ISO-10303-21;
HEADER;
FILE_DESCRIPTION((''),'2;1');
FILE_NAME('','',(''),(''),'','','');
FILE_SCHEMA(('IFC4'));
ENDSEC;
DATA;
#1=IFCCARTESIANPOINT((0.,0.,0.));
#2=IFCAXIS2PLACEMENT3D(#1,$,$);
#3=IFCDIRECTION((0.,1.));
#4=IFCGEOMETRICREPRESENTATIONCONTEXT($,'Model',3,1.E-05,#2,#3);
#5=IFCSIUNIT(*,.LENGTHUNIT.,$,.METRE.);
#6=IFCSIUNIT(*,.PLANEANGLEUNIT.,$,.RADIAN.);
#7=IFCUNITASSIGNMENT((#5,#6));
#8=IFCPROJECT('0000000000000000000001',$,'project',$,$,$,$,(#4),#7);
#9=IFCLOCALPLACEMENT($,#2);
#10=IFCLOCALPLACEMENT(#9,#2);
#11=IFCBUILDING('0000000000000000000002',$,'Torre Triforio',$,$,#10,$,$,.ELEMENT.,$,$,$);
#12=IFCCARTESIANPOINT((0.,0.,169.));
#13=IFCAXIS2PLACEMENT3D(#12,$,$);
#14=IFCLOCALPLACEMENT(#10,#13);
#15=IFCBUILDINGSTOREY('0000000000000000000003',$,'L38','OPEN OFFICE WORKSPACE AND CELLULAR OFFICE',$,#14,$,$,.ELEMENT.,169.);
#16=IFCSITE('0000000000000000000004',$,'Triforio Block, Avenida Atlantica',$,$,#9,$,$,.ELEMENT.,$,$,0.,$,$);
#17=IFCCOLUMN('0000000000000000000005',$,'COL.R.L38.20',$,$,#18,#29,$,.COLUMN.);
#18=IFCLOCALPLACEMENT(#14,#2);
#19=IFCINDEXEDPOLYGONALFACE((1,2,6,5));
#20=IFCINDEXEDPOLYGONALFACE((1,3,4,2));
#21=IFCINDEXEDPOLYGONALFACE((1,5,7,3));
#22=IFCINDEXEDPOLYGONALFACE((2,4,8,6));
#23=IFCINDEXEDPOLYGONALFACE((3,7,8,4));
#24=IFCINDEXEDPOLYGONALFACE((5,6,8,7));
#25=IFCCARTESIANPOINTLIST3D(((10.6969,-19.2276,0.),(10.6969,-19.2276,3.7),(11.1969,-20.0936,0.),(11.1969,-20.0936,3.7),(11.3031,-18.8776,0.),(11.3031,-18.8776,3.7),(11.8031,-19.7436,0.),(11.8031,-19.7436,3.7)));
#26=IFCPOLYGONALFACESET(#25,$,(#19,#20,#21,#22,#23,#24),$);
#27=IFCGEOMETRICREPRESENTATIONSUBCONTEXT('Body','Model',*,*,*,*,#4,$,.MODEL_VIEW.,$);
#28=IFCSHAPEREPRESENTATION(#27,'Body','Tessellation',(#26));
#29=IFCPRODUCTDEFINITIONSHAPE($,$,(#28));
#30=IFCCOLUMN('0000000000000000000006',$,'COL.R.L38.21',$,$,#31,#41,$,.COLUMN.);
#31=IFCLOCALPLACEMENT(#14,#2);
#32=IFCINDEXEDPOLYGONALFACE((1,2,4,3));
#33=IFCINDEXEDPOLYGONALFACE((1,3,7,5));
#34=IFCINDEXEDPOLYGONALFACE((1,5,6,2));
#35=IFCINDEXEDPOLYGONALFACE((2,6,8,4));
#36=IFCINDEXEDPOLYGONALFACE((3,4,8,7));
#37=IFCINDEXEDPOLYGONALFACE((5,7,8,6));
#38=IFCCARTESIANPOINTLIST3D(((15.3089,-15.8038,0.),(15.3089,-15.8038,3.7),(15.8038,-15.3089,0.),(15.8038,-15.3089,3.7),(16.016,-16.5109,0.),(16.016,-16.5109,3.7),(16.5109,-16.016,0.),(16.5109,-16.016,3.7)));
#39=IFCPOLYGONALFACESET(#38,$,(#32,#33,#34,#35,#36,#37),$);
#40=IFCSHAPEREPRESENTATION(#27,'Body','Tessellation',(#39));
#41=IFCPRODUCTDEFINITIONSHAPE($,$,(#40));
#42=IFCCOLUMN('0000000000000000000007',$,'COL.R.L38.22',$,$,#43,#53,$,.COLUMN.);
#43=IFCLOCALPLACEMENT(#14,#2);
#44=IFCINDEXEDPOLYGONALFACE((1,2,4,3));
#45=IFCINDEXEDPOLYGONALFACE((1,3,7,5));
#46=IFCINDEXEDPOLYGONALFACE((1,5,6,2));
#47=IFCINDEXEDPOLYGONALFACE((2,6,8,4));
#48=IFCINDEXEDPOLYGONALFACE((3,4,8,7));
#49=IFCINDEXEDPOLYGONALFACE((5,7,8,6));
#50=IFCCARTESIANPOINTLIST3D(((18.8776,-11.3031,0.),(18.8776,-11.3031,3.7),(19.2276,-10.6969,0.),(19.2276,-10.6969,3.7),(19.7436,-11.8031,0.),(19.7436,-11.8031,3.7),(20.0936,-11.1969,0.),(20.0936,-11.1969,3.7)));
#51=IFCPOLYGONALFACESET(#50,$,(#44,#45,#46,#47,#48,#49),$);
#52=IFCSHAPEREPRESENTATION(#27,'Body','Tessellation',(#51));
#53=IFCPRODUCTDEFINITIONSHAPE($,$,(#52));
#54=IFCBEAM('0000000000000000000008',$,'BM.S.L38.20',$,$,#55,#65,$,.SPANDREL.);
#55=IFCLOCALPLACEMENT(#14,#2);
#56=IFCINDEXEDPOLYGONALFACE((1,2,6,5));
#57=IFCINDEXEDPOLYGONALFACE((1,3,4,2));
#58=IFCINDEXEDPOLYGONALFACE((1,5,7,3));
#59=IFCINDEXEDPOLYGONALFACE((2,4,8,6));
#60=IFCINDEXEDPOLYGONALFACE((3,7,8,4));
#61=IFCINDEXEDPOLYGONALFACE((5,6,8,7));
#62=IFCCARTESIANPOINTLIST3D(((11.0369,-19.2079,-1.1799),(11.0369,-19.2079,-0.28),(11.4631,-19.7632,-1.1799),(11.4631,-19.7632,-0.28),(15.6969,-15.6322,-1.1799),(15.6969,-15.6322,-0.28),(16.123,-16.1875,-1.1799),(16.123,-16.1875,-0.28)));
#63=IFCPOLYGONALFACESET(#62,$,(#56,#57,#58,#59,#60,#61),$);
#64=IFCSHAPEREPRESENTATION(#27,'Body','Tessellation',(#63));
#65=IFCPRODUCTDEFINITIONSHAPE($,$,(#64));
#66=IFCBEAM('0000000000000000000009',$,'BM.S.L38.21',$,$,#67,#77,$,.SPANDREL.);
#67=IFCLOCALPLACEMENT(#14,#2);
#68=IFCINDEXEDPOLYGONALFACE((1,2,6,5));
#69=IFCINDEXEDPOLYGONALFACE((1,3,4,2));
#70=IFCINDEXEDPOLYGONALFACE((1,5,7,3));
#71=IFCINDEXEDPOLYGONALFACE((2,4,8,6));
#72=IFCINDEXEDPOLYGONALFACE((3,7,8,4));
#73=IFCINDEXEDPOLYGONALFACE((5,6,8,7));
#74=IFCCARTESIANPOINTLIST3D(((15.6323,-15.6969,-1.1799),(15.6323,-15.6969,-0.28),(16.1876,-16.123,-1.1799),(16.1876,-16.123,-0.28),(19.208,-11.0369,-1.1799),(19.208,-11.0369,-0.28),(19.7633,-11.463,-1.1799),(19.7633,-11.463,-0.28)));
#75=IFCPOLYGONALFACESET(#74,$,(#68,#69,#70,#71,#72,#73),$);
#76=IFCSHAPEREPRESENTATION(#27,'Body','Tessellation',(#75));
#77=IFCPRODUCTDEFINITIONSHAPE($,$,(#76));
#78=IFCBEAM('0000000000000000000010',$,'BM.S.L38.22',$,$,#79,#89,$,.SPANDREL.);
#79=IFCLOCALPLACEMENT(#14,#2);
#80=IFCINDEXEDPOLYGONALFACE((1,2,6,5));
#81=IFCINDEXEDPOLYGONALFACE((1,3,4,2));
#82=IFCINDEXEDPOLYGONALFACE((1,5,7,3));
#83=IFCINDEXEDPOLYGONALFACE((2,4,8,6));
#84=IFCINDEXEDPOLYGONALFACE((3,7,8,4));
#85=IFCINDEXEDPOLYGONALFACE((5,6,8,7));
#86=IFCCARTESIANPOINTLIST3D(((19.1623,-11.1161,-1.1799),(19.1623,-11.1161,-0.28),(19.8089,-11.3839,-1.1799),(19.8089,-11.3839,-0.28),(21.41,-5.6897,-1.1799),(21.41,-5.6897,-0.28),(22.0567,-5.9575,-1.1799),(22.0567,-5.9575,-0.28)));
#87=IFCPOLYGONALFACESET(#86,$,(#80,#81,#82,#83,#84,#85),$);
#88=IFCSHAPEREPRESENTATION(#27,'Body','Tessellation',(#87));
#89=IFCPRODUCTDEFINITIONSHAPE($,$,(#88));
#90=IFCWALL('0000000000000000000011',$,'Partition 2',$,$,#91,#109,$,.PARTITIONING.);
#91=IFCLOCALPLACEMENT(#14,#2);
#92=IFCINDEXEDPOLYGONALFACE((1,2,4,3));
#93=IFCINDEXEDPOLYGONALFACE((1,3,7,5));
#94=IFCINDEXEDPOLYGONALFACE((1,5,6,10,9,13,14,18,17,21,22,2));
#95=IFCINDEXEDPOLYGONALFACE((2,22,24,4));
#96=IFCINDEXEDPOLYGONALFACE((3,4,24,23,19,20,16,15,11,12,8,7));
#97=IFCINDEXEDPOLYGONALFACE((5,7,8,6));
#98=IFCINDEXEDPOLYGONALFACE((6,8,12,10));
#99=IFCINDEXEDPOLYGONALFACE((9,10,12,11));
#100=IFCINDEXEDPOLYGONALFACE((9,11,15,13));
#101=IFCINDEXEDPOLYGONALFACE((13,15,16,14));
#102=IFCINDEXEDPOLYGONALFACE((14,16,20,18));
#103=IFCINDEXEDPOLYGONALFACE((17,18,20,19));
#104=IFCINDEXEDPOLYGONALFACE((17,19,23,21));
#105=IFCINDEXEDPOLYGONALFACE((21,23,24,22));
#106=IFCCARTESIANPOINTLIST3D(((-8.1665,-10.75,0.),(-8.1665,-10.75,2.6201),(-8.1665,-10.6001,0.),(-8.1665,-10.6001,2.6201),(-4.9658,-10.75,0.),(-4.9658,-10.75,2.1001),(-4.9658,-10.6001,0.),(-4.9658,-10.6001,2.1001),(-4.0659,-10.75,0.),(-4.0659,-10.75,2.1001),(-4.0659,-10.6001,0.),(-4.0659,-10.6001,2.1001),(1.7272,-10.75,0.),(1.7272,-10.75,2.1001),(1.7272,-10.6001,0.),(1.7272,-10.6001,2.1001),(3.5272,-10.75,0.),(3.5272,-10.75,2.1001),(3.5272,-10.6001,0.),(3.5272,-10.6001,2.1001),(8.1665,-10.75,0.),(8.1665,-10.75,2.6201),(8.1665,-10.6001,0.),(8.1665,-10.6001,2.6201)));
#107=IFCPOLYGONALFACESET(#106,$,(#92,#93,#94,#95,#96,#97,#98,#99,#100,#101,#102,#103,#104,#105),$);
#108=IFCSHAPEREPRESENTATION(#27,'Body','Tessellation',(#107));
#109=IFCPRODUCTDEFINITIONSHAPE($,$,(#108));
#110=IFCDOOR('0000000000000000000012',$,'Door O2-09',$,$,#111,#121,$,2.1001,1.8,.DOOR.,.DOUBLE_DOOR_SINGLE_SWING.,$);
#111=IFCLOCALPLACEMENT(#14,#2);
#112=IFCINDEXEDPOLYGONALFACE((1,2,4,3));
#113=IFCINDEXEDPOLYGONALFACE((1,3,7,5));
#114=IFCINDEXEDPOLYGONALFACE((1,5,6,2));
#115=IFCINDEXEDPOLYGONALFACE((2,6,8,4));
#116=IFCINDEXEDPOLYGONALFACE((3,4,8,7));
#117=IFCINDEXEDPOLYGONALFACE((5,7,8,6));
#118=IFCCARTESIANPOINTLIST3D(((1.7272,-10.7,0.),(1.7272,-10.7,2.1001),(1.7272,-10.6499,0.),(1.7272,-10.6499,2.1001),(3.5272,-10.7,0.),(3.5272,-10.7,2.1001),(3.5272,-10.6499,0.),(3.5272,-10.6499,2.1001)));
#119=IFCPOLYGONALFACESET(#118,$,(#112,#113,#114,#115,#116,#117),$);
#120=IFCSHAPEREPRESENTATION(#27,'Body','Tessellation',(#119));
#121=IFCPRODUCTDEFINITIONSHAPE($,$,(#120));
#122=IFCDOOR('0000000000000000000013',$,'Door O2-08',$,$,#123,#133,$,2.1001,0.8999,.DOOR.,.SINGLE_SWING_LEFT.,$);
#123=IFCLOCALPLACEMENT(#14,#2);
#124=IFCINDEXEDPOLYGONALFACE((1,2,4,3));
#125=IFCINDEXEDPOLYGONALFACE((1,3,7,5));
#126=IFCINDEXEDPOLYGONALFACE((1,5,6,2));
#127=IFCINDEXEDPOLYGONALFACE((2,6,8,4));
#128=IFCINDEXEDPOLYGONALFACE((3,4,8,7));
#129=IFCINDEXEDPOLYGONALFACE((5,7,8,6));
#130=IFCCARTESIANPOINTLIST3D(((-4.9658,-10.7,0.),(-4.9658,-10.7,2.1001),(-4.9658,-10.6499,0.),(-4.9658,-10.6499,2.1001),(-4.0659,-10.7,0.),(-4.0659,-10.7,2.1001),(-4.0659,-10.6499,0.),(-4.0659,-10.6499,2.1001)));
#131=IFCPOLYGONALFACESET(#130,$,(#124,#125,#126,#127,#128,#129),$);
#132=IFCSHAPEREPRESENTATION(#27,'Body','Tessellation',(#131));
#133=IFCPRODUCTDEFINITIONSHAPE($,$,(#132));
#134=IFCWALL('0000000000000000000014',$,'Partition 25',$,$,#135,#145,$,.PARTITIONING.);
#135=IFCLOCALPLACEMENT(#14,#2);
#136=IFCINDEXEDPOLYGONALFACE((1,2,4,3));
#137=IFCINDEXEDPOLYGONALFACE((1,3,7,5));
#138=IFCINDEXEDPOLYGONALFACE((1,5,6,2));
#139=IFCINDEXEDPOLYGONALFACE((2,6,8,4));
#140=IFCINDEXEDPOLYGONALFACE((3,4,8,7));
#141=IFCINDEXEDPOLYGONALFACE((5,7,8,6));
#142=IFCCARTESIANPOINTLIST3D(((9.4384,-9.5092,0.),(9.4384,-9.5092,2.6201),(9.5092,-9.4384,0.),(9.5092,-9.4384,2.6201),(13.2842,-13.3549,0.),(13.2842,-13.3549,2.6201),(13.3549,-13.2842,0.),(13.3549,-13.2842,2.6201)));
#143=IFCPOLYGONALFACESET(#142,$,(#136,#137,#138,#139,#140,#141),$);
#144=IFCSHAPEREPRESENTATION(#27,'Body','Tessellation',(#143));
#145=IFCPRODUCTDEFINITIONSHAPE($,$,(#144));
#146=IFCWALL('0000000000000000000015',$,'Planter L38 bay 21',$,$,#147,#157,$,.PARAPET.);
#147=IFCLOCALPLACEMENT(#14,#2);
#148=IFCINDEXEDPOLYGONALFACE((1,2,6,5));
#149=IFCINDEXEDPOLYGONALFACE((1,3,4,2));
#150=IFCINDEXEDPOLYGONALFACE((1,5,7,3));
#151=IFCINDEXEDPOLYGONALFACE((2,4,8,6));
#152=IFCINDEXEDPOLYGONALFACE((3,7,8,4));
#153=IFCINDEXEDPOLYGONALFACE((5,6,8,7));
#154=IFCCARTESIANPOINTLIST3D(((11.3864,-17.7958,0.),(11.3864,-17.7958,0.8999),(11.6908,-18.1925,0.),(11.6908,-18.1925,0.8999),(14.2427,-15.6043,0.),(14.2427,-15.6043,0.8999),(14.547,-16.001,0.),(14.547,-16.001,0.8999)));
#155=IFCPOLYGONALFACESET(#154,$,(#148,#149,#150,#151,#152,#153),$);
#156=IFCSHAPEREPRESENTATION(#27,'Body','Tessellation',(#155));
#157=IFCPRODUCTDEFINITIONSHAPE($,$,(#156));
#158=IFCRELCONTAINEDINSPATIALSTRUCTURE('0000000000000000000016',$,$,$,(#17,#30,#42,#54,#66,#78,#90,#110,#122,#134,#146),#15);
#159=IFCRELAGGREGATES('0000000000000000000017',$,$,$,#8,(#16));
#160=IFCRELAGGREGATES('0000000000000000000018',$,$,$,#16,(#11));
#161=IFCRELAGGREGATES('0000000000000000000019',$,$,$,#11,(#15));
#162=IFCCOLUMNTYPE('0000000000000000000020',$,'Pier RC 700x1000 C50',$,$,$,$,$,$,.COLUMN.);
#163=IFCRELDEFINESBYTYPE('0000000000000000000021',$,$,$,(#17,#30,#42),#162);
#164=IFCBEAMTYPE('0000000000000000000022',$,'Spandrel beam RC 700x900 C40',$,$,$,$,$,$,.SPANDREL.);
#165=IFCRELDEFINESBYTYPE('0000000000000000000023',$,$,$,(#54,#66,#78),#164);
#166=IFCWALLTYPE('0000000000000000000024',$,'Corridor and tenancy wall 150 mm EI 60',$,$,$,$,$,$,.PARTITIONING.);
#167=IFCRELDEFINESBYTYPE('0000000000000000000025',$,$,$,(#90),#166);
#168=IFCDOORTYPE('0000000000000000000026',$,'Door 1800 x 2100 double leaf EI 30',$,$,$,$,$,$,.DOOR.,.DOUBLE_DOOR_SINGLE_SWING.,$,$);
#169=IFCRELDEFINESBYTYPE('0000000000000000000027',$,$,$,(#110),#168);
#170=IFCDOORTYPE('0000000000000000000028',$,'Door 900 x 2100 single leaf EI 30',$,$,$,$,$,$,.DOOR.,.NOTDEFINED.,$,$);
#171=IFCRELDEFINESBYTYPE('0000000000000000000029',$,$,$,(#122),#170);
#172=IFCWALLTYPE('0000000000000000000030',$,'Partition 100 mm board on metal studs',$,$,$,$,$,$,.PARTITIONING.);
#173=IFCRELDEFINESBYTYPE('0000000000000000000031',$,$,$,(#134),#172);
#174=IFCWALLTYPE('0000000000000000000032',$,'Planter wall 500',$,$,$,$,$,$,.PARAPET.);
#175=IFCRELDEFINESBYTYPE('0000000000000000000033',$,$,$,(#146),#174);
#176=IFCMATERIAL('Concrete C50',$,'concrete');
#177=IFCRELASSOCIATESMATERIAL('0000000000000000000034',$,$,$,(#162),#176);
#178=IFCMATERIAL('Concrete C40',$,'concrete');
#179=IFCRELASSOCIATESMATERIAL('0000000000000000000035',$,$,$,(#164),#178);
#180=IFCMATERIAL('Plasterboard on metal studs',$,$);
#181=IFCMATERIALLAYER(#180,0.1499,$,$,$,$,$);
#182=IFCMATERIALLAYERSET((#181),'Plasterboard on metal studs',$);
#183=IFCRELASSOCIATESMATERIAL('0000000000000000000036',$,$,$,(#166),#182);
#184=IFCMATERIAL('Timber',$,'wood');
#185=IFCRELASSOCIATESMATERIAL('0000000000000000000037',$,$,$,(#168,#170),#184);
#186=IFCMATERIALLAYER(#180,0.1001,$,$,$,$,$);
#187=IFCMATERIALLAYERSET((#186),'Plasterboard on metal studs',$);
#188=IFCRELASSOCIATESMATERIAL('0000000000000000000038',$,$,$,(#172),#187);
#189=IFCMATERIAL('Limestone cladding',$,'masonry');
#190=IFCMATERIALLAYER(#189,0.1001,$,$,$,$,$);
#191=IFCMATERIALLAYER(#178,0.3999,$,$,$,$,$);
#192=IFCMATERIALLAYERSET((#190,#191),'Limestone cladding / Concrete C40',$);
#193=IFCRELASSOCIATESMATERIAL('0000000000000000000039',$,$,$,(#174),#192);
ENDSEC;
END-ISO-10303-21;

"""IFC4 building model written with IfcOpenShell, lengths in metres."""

from ifc_helpers import new_model, si_unit, direction, frame, frame_2d, origin, origin_2d, place, context, subcontext, project, spatial, rectangle, extrude, material, layer, layer_set, material_profile, profile_set, type_object, element, fill, save


model = new_model("IFC4")

# Units and contexts
model_context = context("Model", 3, precision=1e-05, world=origin(), true_north=direction((0.0, 1.0)))
body_context = subcontext(model_context, "Body", "Model", "MODEL_VIEW")
ifc_project = project(units=[si_unit("LENGTHUNIT", "METRE"), si_unit("PLANEANGLEUNIT", "RADIAN")], contexts=[model_context])

# Site, building, storey
site_placement = place(None, origin())
site = spatial("IfcSite", under=ifc_project, at=site_placement, Name="Triforio Block, Avenida Atlantica", CompositionType="ELEMENT", RefElevation=0.0)
building_placement = place(site_placement, origin())
building = spatial("IfcBuilding", under=site, at=building_placement, Name="Torre Triforio", CompositionType="ELEMENT")
storey_placement = place(building_placement, frame((0.0, 0.0, 169.0)))
storey = spatial("IfcBuildingStorey", under=building, at=storey_placement, Name="L38", Description="OPEN OFFICE WORKSPACE AND CELLULAR OFFICE", CompositionType="ELEMENT", Elevation=169.0)

# Columns
ifc_material_1 = material(Name="Concrete C50", Category="concrete")
ifc_material_profile_1 = material_profile(ifc_material_1, rectangle(XDim=0.7, YDim=1.0, at=origin_2d()), Name="RC 700x1000")
ifc_profile_set_1 = profile_set([ifc_material_profile_1], Name="Concrete C50")
column_type = type_object("IfcColumnType", Name="Pier RC 700x1000 C50", PredefinedType="COLUMN", material=ifc_profile_set_1)
for number, where, z_axis, x_axis, name in (
    (1, (11.25, -19.4856, 0.0), (0.0, 0.0, 1.0), (0.866025, 0.5, 0.0), "COL.R.L38.20"),
    (2, (15.9099, -15.9099, 0.0), (0.0, 0.0, 1.0), (0.707107, 0.707107, 0.0), "COL.R.L38.21"),
    (3, (19.4856, -11.25, 0.0), (0.0, 0.0, 1.0), (0.5, 0.866025, 0.0), "COL.R.L38.22"),
):
    element("IfcColumn", number, at=place(storey_placement, frame(where, z_axis=z_axis, x_axis=x_axis)), inside=storey, type_object=column_type, Name=name, PredefinedType="COLUMN", context=body_context, shape_type="SweptSolid", body=[
        extrude(rectangle(XDim=0.7, YDim=1.0, at=origin_2d()), origin(), (0.0, 0.0, 1.0), 3.7),
    ])

# Beams
ifc_material_2 = material(Name="Concrete C40", Category="concrete")
ifc_material_profile_2 = material_profile(ifc_material_2, rectangle(XDim=0.7, YDim=0.8999, at=origin_2d()), Name="RC 700x900")
ifc_profile_set_2 = profile_set([ifc_material_profile_2], Name="Concrete C40")
beam_type = type_object("IfcBeamType", Name="Spandrel beam RC 700x900 C40", PredefinedType="SPANDREL", material=ifc_profile_set_2)
for number, where, z_axis, x_axis, name in (
    (4, (11.25, -19.4856, -0.73), (0.793353, 0.608762, 0.0), (-0.608762, 0.793353, 0.0), "BM.S.L38.20"),
    (5, (15.9099, -15.9099, -0.73), (0.608762, 0.793353, 0.0), (-0.793353, 0.608762, 0.0), "BM.S.L38.21"),
):
    element("IfcBeam", number, at=place(storey_placement, frame(where, z_axis=z_axis, x_axis=x_axis)), inside=storey, type_object=beam_type, Name=name, PredefinedType="SPANDREL", context=body_context, shape_type="SweptSolid", body=[
        extrude(rectangle(XDim=0.7, YDim=0.8999, at=origin_2d()), origin(), (0.0, 0.0, 1.0), 5.8738),
    ])
beam_placement = place(storey_placement, frame((19.4856, -11.25, -0.73), z_axis=(0.382693, 0.923875, 0.0), x_axis=(-0.923875, 0.382693, 0.0)))
element("IfcBeam", 6, at=beam_placement, inside=storey, type_object=beam_type, Name="BM.S.L38.22", PredefinedType="SPANDREL", context=body_context, shape_type="SweptSolid", body=[
    extrude(rectangle(XDim=0.7, YDim=0.8999, at=origin_2d()), origin(), (0.0, 0.0, 1.0), 5.8735),
])

# Wall, openings, doors
ifc_material_3 = material(Name="Plasterboard on metal studs")
ifc_layer_1 = layer(ifc_material_3, 0.1499)
ifc_layer_set_1 = layer_set([ifc_layer_1], Name="Plasterboard on metal studs")
wall_type_1 = type_object("IfcWallType", Name="Corridor and tenancy wall 150 mm EI 60", PredefinedType="PARTITIONING", material=ifc_layer_set_1)
wall_1_placement = place(storey_placement, frame((8.1665, -10.675, 0.0), z_axis=(0.0, 0.0, 1.0), x_axis=(-1.0, 0.0, 0.0)))
wall_1 = element("IfcWall", 7, at=wall_1_placement, inside=storey, type_object=wall_type_1, Name="Partition 2", PredefinedType="PARTITIONING", context=body_context, shape_type="SweptSolid", body=[
    extrude(rectangle(XDim=16.333, YDim=0.1499, at=frame_2d((8.1665, 0.0))), origin(), (0.0, 0.0, 1.0), 2.6201),
])
opening_1_placement = place(wall_1_placement, frame((12.2324, 0.0, 0.0)))
opening_1 = element("IfcOpeningElement", 8, at=opening_1_placement, cuts=wall_1, PredefinedType="OPENING", context=body_context, shape_type="SweptSolid", body=[
    extrude(rectangle(XDim=0.8999, YDim=2.1001, at=frame_2d((0.45, 1.05))), frame((0.0, 0.085, 0.0), z_axis=(0.0, -1.0, 0.0), x_axis=(1.0, 0.0, 0.0)), (0.0, 0.0, 1.0), 0.1699),
])
opening_2_placement = place(wall_1_placement, frame((4.6394, 0.0, 0.0)))
opening_2 = element("IfcOpeningElement", 9, at=opening_2_placement, cuts=wall_1, PredefinedType="OPENING", context=body_context, shape_type="SweptSolid", body=[
    extrude(rectangle(XDim=1.8, YDim=2.1001, at=frame_2d((0.8999, 1.05))), frame((0.0, 0.085, 0.0), z_axis=(0.0, -1.0, 0.0), x_axis=(1.0, 0.0, 0.0)), (0.0, 0.0, 1.0), 0.1699),
])
ifc_material_4 = material(Name="Timber", Category="wood")
door_type_1 = type_object("IfcDoorType", Name="Door 1800 x 2100 double leaf EI 30", OperationType="DOUBLE_DOOR_SINGLE_SWING", PredefinedType="DOOR", material=ifc_material_4)
door_1_placement = place(opening_2_placement, origin())
door_1 = element("IfcDoor", 10, at=door_1_placement, inside=storey, type_object=door_type_1, Name="Door O2-09", OperationType="DOUBLE_DOOR_SINGLE_SWING", OverallHeight=2.1001, OverallWidth=1.8, PredefinedType="DOOR", context=body_context, shape_type="SweptSolid", body=[
    extrude(rectangle(XDim=1.8, YDim=2.1001, at=frame_2d((0.8999, 1.05))), frame((0.0, 0.0249, 0.0), z_axis=(0.0, -1.0, 0.0), x_axis=(1.0, 0.0, 0.0)), (0.0, 0.0, 1.0), 0.05),
])
fill(opening_2, door_1)
door_type_2 = type_object("IfcDoorType", Name="Door 900 x 2100 single leaf EI 30", OperationType="NOTDEFINED", PredefinedType="DOOR", material=ifc_material_4)
door_2_placement = place(opening_1_placement, origin())
door_2 = element("IfcDoor", 11, at=door_2_placement, inside=storey, type_object=door_type_2, Name="Door O2-08", OperationType="SINGLE_SWING_LEFT", OverallHeight=2.1001, OverallWidth=0.8999, PredefinedType="DOOR", context=body_context, shape_type="SweptSolid", body=[
    extrude(rectangle(XDim=0.8999, YDim=2.1001, at=frame_2d((0.45, 1.05))), frame((0.0, 0.0249, 0.0), z_axis=(0.0, -1.0, 0.0), x_axis=(1.0, 0.0, 0.0)), (0.0, 0.0, 1.0), 0.05),
])
fill(opening_1, door_2)

# Walls
ifc_layer_2 = layer(ifc_material_3, 0.1001)
ifc_layer_set_2 = layer_set([ifc_layer_2], Name="Plasterboard on metal studs")
wall_type_2 = type_object("IfcWallType", Name="Partition 100 mm board on metal studs", PredefinedType="PARTITIONING", material=ifc_layer_set_2)
wall_2_placement = place(storey_placement, frame((9.4739, -9.4739, 0.0), z_axis=(0.0, 0.0, 1.0), x_axis=(0.707107, -0.707107, 0.0)))
element("IfcWall", 12, at=wall_2_placement, inside=storey, type_object=wall_type_2, Name="Partition 25", PredefinedType="PARTITIONING", context=body_context, shape_type="SweptSolid", body=[
    extrude(rectangle(XDim=5.4387, YDim=0.1001, at=frame_2d((2.7192, 0.0))), origin(), (0.0, 0.0, 1.0), 2.6201),
])
ifc_material_5 = material(Name="Limestone cladding", Category="masonry")
ifc_layer_3 = layer(ifc_material_5, 0.1001)
ifc_layer_4 = layer(ifc_material_2, 0.3999)
ifc_layer_set_3 = layer_set([ifc_layer_3, ifc_layer_4], Name="Limestone cladding / Concrete C40")
wall_type_3 = type_object("IfcWallType", Name="Planter wall 500", PredefinedType="PARAPET", material=ifc_layer_set_3)
wall_3_placement = place(storey_placement, frame((11.5386, -17.9941, 0.0), z_axis=(0.0, 0.0, 1.0), x_axis=(0.793385, 0.608721, 0.0)))
element("IfcWall", 13, at=wall_3_placement, inside=storey, type_object=wall_type_3, Name="Planter L38 bay 21", PredefinedType="PARAPET", context=body_context, shape_type="SweptSolid", body=[
    extrude(rectangle(XDim=3.6001, YDim=0.5, at=frame_2d((1.8, 0.0))), origin(), (0.0, 0.0, 1.0), 0.8999),
])

save(model, "model.ifc")
